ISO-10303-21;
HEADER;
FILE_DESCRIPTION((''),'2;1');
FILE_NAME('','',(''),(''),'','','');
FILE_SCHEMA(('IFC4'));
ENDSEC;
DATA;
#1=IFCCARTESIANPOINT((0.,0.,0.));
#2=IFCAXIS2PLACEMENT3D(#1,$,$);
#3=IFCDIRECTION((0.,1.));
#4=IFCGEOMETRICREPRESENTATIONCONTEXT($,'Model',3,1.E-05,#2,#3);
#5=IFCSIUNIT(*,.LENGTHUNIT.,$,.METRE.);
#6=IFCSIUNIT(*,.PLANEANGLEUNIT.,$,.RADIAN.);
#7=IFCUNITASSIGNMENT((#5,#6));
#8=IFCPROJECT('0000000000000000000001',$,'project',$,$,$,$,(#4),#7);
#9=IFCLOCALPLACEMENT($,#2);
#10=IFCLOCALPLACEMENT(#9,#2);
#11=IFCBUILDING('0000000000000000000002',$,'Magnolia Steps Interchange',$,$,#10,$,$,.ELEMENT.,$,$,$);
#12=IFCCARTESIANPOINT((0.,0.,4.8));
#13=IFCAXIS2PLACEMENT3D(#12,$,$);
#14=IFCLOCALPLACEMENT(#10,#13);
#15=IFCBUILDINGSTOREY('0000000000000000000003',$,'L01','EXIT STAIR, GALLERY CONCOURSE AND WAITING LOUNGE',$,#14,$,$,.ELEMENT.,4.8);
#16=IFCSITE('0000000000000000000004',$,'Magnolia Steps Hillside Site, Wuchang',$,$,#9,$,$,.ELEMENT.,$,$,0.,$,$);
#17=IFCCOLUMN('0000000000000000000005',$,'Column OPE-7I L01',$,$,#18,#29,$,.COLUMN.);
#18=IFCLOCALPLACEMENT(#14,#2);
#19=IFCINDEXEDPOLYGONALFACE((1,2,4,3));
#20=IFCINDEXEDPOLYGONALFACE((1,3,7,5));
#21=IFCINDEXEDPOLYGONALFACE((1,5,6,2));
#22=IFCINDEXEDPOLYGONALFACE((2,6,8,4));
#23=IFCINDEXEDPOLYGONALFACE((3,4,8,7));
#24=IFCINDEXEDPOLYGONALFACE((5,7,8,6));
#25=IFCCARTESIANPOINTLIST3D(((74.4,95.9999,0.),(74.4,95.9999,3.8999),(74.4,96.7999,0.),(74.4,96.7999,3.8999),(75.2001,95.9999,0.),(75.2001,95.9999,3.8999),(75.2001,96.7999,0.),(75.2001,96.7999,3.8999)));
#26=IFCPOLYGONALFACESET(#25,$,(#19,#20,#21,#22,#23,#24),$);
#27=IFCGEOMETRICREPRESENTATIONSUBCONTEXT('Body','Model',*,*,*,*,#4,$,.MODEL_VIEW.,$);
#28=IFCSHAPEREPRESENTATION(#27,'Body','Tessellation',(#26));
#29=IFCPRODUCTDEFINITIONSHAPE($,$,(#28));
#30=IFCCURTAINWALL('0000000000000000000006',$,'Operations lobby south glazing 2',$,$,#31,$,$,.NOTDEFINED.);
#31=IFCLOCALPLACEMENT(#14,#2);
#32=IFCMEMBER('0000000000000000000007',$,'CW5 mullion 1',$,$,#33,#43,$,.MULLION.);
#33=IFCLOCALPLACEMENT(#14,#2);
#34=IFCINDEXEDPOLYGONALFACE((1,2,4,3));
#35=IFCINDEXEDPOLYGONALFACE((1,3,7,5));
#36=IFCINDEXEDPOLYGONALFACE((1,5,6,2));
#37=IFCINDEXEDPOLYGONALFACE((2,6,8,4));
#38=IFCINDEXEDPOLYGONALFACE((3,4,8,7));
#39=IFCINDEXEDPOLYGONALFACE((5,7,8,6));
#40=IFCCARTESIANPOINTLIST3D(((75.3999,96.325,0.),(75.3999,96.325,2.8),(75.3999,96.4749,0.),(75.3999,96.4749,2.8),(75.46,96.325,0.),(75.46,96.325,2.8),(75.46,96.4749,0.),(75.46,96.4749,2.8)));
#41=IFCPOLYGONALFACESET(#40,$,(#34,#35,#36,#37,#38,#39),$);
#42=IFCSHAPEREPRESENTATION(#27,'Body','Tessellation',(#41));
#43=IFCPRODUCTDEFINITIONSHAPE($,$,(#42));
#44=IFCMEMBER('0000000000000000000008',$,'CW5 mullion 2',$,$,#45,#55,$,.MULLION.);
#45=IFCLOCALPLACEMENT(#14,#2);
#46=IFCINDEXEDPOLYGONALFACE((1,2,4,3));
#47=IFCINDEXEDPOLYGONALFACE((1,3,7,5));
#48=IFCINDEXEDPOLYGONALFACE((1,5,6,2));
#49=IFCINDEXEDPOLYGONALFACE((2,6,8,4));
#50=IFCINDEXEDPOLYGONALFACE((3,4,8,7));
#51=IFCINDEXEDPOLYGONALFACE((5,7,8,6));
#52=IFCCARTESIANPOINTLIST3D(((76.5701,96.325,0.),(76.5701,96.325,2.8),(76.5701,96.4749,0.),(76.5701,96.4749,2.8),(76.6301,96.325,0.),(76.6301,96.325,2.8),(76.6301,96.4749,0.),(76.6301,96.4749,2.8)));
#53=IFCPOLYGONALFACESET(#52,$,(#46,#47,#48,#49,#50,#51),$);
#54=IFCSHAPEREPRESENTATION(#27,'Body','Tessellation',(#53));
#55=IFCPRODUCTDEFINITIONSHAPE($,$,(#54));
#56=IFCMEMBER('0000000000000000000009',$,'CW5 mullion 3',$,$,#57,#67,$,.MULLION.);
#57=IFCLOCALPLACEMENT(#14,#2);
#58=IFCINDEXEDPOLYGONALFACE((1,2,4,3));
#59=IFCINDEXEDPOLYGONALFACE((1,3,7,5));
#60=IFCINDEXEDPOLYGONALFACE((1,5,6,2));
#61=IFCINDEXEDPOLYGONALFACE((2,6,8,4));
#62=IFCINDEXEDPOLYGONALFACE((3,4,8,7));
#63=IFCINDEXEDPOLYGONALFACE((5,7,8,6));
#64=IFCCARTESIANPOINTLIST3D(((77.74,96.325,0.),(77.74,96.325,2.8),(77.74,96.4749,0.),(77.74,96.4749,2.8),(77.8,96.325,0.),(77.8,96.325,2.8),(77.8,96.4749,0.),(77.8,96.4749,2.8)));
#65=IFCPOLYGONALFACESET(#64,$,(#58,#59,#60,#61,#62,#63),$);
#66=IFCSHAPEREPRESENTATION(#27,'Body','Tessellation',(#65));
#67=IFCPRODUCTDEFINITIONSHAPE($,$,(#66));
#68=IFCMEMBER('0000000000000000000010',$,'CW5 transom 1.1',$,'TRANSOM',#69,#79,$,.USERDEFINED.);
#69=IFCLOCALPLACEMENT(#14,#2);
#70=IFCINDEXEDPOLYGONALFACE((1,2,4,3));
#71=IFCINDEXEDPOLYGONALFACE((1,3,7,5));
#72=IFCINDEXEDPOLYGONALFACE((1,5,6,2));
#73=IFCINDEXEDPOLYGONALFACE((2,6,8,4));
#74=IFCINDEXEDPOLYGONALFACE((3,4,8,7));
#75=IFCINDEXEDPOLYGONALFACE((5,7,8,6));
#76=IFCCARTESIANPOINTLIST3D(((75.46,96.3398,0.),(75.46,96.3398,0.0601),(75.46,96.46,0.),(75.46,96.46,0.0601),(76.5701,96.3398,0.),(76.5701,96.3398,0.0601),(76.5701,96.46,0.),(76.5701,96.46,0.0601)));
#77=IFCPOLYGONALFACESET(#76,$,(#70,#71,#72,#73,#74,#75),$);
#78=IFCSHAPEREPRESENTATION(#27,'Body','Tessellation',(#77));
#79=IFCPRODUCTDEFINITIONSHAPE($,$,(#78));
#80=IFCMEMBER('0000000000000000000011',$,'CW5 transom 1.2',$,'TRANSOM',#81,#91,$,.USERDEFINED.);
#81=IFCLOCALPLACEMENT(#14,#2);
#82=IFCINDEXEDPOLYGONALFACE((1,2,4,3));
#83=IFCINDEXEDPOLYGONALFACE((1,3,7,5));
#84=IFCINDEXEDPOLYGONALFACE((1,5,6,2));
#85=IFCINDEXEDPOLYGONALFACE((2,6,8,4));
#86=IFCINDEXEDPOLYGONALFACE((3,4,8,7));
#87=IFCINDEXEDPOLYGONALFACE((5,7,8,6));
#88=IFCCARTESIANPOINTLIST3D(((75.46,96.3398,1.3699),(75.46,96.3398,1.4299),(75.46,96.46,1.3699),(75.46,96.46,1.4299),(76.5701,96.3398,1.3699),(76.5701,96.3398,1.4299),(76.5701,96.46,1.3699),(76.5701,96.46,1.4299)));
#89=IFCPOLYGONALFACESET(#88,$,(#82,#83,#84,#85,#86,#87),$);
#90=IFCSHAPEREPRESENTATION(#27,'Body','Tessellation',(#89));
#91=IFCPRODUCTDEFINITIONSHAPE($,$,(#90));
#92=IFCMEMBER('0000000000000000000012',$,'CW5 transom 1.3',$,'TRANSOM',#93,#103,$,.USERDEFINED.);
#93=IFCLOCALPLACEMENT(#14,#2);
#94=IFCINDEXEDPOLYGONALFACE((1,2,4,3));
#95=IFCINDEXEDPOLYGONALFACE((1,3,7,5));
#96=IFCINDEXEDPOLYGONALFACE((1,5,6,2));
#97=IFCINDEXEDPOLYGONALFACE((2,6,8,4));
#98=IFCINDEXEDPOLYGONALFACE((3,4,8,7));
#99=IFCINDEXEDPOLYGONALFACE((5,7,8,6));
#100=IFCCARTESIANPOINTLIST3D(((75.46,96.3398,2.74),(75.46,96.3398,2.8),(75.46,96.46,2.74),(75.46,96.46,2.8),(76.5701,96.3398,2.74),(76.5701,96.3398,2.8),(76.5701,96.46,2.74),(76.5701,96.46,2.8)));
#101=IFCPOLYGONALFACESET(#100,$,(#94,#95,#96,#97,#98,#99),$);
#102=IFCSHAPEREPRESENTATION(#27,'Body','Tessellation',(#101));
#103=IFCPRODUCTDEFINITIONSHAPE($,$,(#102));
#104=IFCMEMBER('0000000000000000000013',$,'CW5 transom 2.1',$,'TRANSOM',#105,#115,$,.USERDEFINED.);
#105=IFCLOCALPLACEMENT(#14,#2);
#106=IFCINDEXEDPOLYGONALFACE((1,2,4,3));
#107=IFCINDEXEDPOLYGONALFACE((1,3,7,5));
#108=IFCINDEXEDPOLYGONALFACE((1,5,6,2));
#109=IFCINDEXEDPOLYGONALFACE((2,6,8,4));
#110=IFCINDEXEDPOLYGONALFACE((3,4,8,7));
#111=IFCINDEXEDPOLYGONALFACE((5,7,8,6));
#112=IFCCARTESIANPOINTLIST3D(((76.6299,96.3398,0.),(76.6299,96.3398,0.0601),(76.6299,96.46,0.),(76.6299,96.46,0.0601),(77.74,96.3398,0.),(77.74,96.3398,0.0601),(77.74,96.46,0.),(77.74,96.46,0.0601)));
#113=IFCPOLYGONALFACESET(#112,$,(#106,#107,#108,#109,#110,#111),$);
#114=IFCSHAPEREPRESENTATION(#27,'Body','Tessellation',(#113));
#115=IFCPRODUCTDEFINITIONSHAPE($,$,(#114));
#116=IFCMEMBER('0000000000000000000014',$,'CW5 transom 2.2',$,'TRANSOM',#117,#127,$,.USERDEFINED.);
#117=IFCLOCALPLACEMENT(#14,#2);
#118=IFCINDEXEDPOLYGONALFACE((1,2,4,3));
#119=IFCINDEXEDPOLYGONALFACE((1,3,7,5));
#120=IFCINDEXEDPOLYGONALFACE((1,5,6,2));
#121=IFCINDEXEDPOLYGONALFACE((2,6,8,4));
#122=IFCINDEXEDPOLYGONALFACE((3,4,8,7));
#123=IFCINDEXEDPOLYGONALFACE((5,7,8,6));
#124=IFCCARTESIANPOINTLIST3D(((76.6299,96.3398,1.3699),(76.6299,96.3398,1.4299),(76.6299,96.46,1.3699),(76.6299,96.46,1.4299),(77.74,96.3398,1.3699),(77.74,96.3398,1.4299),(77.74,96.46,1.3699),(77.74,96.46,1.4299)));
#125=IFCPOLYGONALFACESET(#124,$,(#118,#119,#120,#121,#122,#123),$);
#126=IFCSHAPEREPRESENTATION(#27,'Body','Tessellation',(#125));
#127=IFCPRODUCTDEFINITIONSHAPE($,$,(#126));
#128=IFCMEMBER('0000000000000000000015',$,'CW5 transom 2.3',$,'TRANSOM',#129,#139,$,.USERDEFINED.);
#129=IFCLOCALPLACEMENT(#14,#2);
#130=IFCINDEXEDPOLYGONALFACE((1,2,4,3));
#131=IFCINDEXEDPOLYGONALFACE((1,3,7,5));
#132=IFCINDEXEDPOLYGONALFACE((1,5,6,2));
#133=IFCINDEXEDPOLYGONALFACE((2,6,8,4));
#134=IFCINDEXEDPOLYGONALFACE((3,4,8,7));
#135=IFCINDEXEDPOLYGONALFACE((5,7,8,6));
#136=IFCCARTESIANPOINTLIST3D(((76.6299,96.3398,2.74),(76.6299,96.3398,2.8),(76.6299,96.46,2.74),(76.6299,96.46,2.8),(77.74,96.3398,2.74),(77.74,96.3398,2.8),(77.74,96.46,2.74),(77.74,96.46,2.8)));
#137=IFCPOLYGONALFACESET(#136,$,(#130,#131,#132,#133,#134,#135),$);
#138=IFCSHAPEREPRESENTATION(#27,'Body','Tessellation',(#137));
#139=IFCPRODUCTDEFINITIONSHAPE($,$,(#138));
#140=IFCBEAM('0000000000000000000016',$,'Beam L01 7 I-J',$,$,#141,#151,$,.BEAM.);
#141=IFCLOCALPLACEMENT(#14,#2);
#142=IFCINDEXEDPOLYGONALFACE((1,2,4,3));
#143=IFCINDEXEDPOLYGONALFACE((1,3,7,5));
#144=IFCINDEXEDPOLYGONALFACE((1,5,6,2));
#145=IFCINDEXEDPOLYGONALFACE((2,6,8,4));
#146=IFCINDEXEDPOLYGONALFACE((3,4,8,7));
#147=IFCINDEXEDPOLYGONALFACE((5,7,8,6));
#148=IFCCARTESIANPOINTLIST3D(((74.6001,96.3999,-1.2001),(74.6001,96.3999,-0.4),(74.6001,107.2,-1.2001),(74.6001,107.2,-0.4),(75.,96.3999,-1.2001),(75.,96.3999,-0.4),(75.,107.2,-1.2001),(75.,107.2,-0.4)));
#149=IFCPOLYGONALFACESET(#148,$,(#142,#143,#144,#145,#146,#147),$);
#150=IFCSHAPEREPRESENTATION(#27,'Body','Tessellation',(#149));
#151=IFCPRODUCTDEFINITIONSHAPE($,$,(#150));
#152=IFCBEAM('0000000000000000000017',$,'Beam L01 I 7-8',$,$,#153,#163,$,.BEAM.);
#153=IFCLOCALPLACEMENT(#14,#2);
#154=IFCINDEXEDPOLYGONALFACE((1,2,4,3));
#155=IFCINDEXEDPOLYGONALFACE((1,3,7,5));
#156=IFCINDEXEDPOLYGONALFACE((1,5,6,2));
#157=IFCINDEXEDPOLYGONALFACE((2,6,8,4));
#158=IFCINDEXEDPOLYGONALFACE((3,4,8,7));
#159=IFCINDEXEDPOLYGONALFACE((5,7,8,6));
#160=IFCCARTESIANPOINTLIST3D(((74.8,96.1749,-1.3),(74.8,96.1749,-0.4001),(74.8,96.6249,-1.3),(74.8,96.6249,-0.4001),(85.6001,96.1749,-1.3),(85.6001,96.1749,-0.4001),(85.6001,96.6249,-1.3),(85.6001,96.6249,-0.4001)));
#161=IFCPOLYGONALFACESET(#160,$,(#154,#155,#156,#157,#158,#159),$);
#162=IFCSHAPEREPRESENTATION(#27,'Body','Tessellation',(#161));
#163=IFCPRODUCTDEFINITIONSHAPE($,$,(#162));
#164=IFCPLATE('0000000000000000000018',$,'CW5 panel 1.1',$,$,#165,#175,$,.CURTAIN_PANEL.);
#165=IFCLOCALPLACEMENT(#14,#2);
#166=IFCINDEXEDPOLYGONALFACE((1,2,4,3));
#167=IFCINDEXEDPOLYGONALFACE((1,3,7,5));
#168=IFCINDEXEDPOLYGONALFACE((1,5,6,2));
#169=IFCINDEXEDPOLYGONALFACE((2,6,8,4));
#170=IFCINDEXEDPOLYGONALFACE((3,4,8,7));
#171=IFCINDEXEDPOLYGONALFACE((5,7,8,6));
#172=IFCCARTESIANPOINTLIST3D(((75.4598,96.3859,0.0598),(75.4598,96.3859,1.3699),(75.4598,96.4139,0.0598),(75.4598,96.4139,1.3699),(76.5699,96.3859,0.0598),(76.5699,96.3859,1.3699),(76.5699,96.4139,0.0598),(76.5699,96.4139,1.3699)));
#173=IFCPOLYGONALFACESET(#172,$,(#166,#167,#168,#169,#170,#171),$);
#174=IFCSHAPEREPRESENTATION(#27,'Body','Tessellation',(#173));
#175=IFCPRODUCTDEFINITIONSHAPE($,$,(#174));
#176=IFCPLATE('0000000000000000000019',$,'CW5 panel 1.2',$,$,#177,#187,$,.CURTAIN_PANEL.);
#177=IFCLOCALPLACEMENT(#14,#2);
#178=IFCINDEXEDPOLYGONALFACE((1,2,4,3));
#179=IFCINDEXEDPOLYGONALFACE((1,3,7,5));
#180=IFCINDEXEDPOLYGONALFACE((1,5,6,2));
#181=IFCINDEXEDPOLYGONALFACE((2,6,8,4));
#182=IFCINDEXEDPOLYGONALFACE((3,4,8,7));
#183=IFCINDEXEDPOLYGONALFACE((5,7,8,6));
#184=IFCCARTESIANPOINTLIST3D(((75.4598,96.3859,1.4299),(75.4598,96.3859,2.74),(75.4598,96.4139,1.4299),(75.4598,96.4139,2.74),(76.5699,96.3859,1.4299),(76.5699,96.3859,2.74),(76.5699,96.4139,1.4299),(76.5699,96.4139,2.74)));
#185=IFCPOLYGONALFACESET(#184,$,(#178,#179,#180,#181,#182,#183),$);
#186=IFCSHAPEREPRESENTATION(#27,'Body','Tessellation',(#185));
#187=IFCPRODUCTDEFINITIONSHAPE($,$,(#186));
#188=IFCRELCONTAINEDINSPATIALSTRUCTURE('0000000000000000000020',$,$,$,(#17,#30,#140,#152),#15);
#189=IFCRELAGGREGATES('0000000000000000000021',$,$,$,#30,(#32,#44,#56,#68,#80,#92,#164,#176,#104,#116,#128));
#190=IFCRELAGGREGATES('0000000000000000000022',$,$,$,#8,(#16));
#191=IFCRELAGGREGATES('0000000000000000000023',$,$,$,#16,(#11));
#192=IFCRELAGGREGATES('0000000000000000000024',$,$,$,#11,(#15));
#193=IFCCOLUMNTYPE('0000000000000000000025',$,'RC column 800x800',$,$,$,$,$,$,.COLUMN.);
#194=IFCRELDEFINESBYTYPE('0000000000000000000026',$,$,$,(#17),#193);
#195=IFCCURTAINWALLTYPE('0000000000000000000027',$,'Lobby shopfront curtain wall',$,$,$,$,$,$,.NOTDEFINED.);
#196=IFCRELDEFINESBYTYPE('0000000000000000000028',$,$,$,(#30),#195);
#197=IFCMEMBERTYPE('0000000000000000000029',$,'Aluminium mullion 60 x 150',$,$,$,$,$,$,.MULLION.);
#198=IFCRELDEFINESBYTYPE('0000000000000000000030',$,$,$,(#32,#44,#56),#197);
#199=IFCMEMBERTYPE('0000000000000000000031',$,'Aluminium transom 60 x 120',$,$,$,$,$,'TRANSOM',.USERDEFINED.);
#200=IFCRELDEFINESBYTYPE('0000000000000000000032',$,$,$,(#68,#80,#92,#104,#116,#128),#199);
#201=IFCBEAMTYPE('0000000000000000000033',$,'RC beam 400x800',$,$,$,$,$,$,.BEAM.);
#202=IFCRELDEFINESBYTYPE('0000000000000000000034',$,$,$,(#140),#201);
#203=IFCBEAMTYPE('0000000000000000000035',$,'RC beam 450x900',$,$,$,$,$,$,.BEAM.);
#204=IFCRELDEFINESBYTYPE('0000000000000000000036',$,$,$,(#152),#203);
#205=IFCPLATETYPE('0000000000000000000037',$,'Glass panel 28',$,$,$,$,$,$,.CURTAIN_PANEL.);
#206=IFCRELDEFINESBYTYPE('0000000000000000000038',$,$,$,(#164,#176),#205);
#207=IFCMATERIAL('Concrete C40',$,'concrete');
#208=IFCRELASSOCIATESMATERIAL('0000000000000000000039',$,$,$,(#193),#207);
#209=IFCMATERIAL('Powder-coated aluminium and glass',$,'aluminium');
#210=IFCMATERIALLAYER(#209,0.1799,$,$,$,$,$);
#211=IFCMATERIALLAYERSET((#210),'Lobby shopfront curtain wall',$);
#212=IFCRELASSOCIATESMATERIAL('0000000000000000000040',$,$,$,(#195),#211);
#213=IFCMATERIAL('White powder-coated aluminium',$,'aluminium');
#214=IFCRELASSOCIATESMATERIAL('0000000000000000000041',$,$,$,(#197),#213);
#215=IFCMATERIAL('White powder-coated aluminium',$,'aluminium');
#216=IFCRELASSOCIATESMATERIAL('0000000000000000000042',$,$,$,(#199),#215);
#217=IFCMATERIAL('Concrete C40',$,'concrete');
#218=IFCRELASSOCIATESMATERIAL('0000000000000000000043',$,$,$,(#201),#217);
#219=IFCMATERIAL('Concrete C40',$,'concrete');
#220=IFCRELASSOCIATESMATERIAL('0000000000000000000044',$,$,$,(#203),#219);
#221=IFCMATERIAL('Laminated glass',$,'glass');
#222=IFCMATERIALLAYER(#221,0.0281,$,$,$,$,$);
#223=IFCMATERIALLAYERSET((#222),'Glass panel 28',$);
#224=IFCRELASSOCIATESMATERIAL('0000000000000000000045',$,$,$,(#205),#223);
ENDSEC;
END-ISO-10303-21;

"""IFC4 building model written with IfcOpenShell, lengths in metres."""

from ifc_helpers import new_model, si_unit, direction, frame, origin, origin_2d, place, context, subcontext, project, spatial, rectangle, extrude, material, layer, layer_set, material_profile, profile_set, type_object, element, aggregate, save


model = new_model("IFC4")

# Units and contexts
model_context = context("Model", 3, precision=1e-05, world=origin(), true_north=direction((0.0, 1.0)))
body_context = subcontext(model_context, "Body", "Model", "MODEL_VIEW")
ifc_project = project(units=[si_unit("LENGTHUNIT", "METRE"), si_unit("PLANEANGLEUNIT", "RADIAN")], contexts=[model_context])

# Site, building, storey
site_placement = place(None, origin())
site = spatial("IfcSite", under=ifc_project, at=site_placement, Name="Magnolia Steps Hillside Site, Wuchang", CompositionType="ELEMENT", RefElevation=0.0)
building_placement = place(site_placement, origin())
building = spatial("IfcBuilding", under=site, at=building_placement, Name="Magnolia Steps Interchange", CompositionType="ELEMENT")
storey_placement = place(building_placement, frame((0.0, 0.0, 4.8)))
storey = spatial("IfcBuildingStorey", under=building, at=storey_placement, Name="L01", Description="EXIT STAIR, GALLERY CONCOURSE AND WAITING LOUNGE", CompositionType="ELEMENT", Elevation=4.8)

# Column
ifc_material_1 = material(Name="Concrete C40", Category="concrete")
ifc_material_profile_1 = material_profile(ifc_material_1, rectangle(XDim=0.8, YDim=0.8, at=origin_2d()), Name="RC800x800")
ifc_profile_set_1 = profile_set([ifc_material_profile_1], Name="Concrete C40")
column_type = type_object("IfcColumnType", Name="RC column 800x800", PredefinedType="COLUMN", material=ifc_profile_set_1)
column_placement = place(storey_placement, frame((74.8, 96.3999, 0.0), z_axis=(0.0, 0.0, 1.0), x_axis=(1.0, 0.0, 0.0)))
element("IfcColumn", 1, at=column_placement, inside=storey, type_object=column_type, Name="Column OPE-7I L01", PredefinedType="COLUMN", context=body_context, shape_type="SweptSolid", body=[
    extrude(rectangle(XDim=0.8, YDim=0.8, at=origin_2d()), origin(), (0.0, 0.0, 1.0), 3.8999),
])

# Curtain wall, members
ifc_material_2 = material(Name="Powder-coated aluminium and glass", Category="aluminium")
ifc_layer_1 = layer(ifc_material_2, 0.1799)
ifc_layer_set_1 = layer_set([ifc_layer_1], Name="Lobby shopfront curtain wall")
curtain_wall_type = type_object("IfcCurtainWallType", Name="Lobby shopfront curtain wall", PredefinedType="NOTDEFINED", material=ifc_layer_set_1)
curtain_wall_placement = place(storey_placement, origin())
curtain_wall = element("IfcCurtainWall", 2, at=curtain_wall_placement, inside=storey, type_object=curtain_wall_type, Name="Operations lobby south glazing 2", PredefinedType="NOTDEFINED")
ifc_material_3 = material(Name="White powder-coated aluminium", Category="aluminium")
ifc_material_profile_2 = material_profile(ifc_material_3, rectangle(XDim=0.0601, YDim=0.1499, at=origin_2d()), Name="Aluminium mullion 60 x 150")
ifc_profile_set_2 = profile_set([ifc_material_profile_2], Name="White powder-coated aluminium")
member_type_1 = type_object("IfcMemberType", Name="Aluminium mullion 60 x 150", PredefinedType="MULLION", material=ifc_profile_set_2)
member_1_placement = place(storey_placement, frame((75.4299, 96.3999, 0.0), z_axis=(0.0, 0.0, 1.0), x_axis=(1.0, 0.0, 0.0)))
member_1 = element("IfcMember", 3, at=member_1_placement, type_object=member_type_1, Name="CW5 mullion 1", PredefinedType="MULLION", context=body_context, shape_type="SweptSolid", body=[
    extrude(rectangle(XDim=0.0601, YDim=0.1499, at=origin_2d()), origin(), (0.0, 0.0, 1.0), 2.8),
])
member_2_placement = place(storey_placement, frame((76.6001, 96.3999, 0.0), z_axis=(0.0, 0.0, 1.0), x_axis=(1.0, 0.0, 0.0)))
member_2 = element("IfcMember", 4, at=member_2_placement, type_object=member_type_1, Name="CW5 mullion 2", PredefinedType="MULLION", context=body_context, shape_type="SweptSolid", body=[
    extrude(rectangle(XDim=0.0601, YDim=0.1499, at=origin_2d()), origin(), (0.0, 0.0, 1.0), 2.8),
])
member_3_placement = place(storey_placement, frame((77.77, 96.3999, 0.0), z_axis=(0.0, 0.0, 1.0), x_axis=(1.0, 0.0, 0.0)))
member_3 = element("IfcMember", 5, at=member_3_placement, type_object=member_type_1, Name="CW5 mullion 3", PredefinedType="MULLION", context=body_context, shape_type="SweptSolid", body=[
    extrude(rectangle(XDim=0.0601, YDim=0.1499, at=origin_2d()), origin(), (0.0, 0.0, 1.0), 2.8),
])
ifc_material_4 = material(Name="White powder-coated aluminium", Category="aluminium")
ifc_material_profile_3 = material_profile(ifc_material_4, rectangle(XDim=0.0601, YDim=0.1201, at=origin_2d()), Name="Aluminium transom 60 x 120")
ifc_profile_set_3 = profile_set([ifc_material_profile_3], Name="White powder-coated aluminium")
member_type_2 = type_object("IfcMemberType", Name="Aluminium transom 60 x 120", ElementType="TRANSOM", PredefinedType="USERDEFINED", material=ifc_profile_set_3)
member_4_placement = place(storey_placement, frame((75.46, 96.3999, 0.03), z_axis=(1.0, 0.0, 0.0), x_axis=(0.0, 0.0, 1.0)))
member_4 = element("IfcMember", 6, at=member_4_placement, type_object=member_type_2, Name="CW5 transom 1.1", ObjectType="TRANSOM", PredefinedType="USERDEFINED", context=body_context, shape_type="SweptSolid", body=[
    extrude(rectangle(XDim=0.0601, YDim=0.1201, at=origin_2d()), origin(), (0.0, 0.0, 1.0), 1.1101),
])
member_5_placement = place(storey_placement, frame((75.46, 96.3999, 1.3999), z_axis=(1.0, 0.0, 0.0), x_axis=(0.0, 0.0, 1.0)))
member_5 = element("IfcMember", 7, at=member_5_placement, type_object=member_type_2, Name="CW5 transom 1.2", ObjectType="TRANSOM", PredefinedType="USERDEFINED", context=body_context, shape_type="SweptSolid", body=[
    extrude(rectangle(XDim=0.0601, YDim=0.1201, at=origin_2d()), origin(), (0.0, 0.0, 1.0), 1.1101),
])
member_6_placement = place(storey_placement, frame((75.46, 96.3999, 2.77), z_axis=(1.0, 0.0, 0.0), x_axis=(0.0, 0.0, 1.0)))
member_6 = element("IfcMember", 8, at=member_6_placement, type_object=member_type_2, Name="CW5 transom 1.3", ObjectType="TRANSOM", PredefinedType="USERDEFINED", context=body_context, shape_type="SweptSolid", body=[
    extrude(rectangle(XDim=0.0601, YDim=0.1201, at=origin_2d()), origin(), (0.0, 0.0, 1.0), 1.1101),
])
member_7_placement = place(storey_placement, frame((76.6299, 96.3999, 0.03), z_axis=(1.0, 0.0, 0.0), x_axis=(0.0, 0.0, 1.0)))
member_7 = element("IfcMember", 9, at=member_7_placement, type_object=member_type_2, Name="CW5 transom 2.1", ObjectType="TRANSOM", PredefinedType="USERDEFINED", context=body_context, shape_type="SweptSolid", body=[
    extrude(rectangle(XDim=0.0601, YDim=0.1201, at=origin_2d()), origin(), (0.0, 0.0, 1.0), 1.1101),
])
member_8_placement = place(storey_placement, frame((76.6299, 96.3999, 1.3999), z_axis=(1.0, 0.0, 0.0), x_axis=(0.0, 0.0, 1.0)))
member_8 = element("IfcMember", 10, at=member_8_placement, type_object=member_type_2, Name="CW5 transom 2.2", ObjectType="TRANSOM", PredefinedType="USERDEFINED", context=body_context, shape_type="SweptSolid", body=[
    extrude(rectangle(XDim=0.0601, YDim=0.1201, at=origin_2d()), origin(), (0.0, 0.0, 1.0), 1.1101),
])
member_9_placement = place(storey_placement, frame((76.6299, 96.3999, 2.77), z_axis=(1.0, 0.0, 0.0), x_axis=(0.0, 0.0, 1.0)))
member_9 = element("IfcMember", 11, at=member_9_placement, type_object=member_type_2, Name="CW5 transom 2.3", ObjectType="TRANSOM", PredefinedType="USERDEFINED", context=body_context, shape_type="SweptSolid", body=[
    extrude(rectangle(XDim=0.0601, YDim=0.1201, at=origin_2d()), origin(), (0.0, 0.0, 1.0), 1.1101),
])

# Beams
ifc_material_5 = material(Name="Concrete C40", Category="concrete")
ifc_material_profile_4 = material_profile(ifc_material_5, rectangle(XDim=0.3999, YDim=0.8, at=origin_2d()), Name="RC400x800")
ifc_profile_set_4 = profile_set([ifc_material_profile_4], Name="Concrete C40")
beam_type_1 = type_object("IfcBeamType", Name="RC beam 400x800", PredefinedType="BEAM", material=ifc_profile_set_4)
beam_1_placement = place(storey_placement, frame((74.8, 96.3999, -0.8), z_axis=(0.0, 1.0, 0.0), x_axis=(-1.0, 0.0, 0.0)))
element("IfcBeam", 12, at=beam_1_placement, inside=storey, type_object=beam_type_1, Name="Beam L01 7 I-J", PredefinedType="BEAM", context=body_context, shape_type="SweptSolid", body=[
    extrude(rectangle(XDim=0.3999, YDim=0.8, at=origin_2d()), origin(), (0.0, 0.0, 1.0), 10.8),
])
ifc_material_6 = material(Name="Concrete C40", Category="concrete")
ifc_material_profile_5 = material_profile(ifc_material_6, rectangle(XDim=0.45, YDim=0.8999, at=origin_2d()), Name="RC450x900")
ifc_profile_set_5 = profile_set([ifc_material_profile_5], Name="Concrete C40")
beam_type_2 = type_object("IfcBeamType", Name="RC beam 450x900", PredefinedType="BEAM", material=ifc_profile_set_5)
beam_2_placement = place(storey_placement, frame((74.8, 96.3999, -0.8501), z_axis=(1.0, 0.0, 0.0), x_axis=(0.0, 1.0, 0.0)))
element("IfcBeam", 13, at=beam_2_placement, inside=storey, type_object=beam_type_2, Name="Beam L01 I 7-8", PredefinedType="BEAM", context=body_context, shape_type="SweptSolid", body=[
    extrude(rectangle(XDim=0.45, YDim=0.8999, at=origin_2d()), origin(), (0.0, 0.0, 1.0), 10.8),
])

# Plates
ifc_material_7 = material(Name="Laminated glass", Category="glass")
ifc_layer_2 = layer(ifc_material_7, 0.0281)
ifc_layer_set_2 = layer_set([ifc_layer_2], Name="Glass panel 28")
plate_type = type_object("IfcPlateType", Name="Glass panel 28", PredefinedType="CURTAIN_PANEL", material=ifc_layer_set_2)
plate_1_placement = place(storey_placement, frame((76.0149, 96.3999, 0.0598), z_axis=(0.0, 0.0, 1.0), x_axis=(1.0, 0.0, 0.0)))
plate_1 = element("IfcPlate", 14, at=plate_1_placement, type_object=plate_type, Name="CW5 panel 1.1", PredefinedType="CURTAIN_PANEL", context=body_context, shape_type="SweptSolid", body=[
    extrude(rectangle(XDim=1.1101, YDim=0.0281, at=origin_2d()), origin(), (0.0, 0.0, 1.0), 1.3101),
])
plate_2_placement = place(storey_placement, frame((76.0149, 96.3999, 1.4299), z_axis=(0.0, 0.0, 1.0), x_axis=(1.0, 0.0, 0.0)))
plate_2 = element("IfcPlate", 15, at=plate_2_placement, type_object=plate_type, Name="CW5 panel 1.2", PredefinedType="CURTAIN_PANEL", context=body_context, shape_type="SweptSolid", body=[
    extrude(rectangle(XDim=1.1101, YDim=0.0281, at=origin_2d()), origin(), (0.0, 0.0, 1.0), 1.3101),
])
aggregate(curtain_wall, [member_1, member_2, member_3, member_4, member_5, member_6, plate_1, plate_2, member_7, member_8, member_9])

save(model, "model.ifc")
